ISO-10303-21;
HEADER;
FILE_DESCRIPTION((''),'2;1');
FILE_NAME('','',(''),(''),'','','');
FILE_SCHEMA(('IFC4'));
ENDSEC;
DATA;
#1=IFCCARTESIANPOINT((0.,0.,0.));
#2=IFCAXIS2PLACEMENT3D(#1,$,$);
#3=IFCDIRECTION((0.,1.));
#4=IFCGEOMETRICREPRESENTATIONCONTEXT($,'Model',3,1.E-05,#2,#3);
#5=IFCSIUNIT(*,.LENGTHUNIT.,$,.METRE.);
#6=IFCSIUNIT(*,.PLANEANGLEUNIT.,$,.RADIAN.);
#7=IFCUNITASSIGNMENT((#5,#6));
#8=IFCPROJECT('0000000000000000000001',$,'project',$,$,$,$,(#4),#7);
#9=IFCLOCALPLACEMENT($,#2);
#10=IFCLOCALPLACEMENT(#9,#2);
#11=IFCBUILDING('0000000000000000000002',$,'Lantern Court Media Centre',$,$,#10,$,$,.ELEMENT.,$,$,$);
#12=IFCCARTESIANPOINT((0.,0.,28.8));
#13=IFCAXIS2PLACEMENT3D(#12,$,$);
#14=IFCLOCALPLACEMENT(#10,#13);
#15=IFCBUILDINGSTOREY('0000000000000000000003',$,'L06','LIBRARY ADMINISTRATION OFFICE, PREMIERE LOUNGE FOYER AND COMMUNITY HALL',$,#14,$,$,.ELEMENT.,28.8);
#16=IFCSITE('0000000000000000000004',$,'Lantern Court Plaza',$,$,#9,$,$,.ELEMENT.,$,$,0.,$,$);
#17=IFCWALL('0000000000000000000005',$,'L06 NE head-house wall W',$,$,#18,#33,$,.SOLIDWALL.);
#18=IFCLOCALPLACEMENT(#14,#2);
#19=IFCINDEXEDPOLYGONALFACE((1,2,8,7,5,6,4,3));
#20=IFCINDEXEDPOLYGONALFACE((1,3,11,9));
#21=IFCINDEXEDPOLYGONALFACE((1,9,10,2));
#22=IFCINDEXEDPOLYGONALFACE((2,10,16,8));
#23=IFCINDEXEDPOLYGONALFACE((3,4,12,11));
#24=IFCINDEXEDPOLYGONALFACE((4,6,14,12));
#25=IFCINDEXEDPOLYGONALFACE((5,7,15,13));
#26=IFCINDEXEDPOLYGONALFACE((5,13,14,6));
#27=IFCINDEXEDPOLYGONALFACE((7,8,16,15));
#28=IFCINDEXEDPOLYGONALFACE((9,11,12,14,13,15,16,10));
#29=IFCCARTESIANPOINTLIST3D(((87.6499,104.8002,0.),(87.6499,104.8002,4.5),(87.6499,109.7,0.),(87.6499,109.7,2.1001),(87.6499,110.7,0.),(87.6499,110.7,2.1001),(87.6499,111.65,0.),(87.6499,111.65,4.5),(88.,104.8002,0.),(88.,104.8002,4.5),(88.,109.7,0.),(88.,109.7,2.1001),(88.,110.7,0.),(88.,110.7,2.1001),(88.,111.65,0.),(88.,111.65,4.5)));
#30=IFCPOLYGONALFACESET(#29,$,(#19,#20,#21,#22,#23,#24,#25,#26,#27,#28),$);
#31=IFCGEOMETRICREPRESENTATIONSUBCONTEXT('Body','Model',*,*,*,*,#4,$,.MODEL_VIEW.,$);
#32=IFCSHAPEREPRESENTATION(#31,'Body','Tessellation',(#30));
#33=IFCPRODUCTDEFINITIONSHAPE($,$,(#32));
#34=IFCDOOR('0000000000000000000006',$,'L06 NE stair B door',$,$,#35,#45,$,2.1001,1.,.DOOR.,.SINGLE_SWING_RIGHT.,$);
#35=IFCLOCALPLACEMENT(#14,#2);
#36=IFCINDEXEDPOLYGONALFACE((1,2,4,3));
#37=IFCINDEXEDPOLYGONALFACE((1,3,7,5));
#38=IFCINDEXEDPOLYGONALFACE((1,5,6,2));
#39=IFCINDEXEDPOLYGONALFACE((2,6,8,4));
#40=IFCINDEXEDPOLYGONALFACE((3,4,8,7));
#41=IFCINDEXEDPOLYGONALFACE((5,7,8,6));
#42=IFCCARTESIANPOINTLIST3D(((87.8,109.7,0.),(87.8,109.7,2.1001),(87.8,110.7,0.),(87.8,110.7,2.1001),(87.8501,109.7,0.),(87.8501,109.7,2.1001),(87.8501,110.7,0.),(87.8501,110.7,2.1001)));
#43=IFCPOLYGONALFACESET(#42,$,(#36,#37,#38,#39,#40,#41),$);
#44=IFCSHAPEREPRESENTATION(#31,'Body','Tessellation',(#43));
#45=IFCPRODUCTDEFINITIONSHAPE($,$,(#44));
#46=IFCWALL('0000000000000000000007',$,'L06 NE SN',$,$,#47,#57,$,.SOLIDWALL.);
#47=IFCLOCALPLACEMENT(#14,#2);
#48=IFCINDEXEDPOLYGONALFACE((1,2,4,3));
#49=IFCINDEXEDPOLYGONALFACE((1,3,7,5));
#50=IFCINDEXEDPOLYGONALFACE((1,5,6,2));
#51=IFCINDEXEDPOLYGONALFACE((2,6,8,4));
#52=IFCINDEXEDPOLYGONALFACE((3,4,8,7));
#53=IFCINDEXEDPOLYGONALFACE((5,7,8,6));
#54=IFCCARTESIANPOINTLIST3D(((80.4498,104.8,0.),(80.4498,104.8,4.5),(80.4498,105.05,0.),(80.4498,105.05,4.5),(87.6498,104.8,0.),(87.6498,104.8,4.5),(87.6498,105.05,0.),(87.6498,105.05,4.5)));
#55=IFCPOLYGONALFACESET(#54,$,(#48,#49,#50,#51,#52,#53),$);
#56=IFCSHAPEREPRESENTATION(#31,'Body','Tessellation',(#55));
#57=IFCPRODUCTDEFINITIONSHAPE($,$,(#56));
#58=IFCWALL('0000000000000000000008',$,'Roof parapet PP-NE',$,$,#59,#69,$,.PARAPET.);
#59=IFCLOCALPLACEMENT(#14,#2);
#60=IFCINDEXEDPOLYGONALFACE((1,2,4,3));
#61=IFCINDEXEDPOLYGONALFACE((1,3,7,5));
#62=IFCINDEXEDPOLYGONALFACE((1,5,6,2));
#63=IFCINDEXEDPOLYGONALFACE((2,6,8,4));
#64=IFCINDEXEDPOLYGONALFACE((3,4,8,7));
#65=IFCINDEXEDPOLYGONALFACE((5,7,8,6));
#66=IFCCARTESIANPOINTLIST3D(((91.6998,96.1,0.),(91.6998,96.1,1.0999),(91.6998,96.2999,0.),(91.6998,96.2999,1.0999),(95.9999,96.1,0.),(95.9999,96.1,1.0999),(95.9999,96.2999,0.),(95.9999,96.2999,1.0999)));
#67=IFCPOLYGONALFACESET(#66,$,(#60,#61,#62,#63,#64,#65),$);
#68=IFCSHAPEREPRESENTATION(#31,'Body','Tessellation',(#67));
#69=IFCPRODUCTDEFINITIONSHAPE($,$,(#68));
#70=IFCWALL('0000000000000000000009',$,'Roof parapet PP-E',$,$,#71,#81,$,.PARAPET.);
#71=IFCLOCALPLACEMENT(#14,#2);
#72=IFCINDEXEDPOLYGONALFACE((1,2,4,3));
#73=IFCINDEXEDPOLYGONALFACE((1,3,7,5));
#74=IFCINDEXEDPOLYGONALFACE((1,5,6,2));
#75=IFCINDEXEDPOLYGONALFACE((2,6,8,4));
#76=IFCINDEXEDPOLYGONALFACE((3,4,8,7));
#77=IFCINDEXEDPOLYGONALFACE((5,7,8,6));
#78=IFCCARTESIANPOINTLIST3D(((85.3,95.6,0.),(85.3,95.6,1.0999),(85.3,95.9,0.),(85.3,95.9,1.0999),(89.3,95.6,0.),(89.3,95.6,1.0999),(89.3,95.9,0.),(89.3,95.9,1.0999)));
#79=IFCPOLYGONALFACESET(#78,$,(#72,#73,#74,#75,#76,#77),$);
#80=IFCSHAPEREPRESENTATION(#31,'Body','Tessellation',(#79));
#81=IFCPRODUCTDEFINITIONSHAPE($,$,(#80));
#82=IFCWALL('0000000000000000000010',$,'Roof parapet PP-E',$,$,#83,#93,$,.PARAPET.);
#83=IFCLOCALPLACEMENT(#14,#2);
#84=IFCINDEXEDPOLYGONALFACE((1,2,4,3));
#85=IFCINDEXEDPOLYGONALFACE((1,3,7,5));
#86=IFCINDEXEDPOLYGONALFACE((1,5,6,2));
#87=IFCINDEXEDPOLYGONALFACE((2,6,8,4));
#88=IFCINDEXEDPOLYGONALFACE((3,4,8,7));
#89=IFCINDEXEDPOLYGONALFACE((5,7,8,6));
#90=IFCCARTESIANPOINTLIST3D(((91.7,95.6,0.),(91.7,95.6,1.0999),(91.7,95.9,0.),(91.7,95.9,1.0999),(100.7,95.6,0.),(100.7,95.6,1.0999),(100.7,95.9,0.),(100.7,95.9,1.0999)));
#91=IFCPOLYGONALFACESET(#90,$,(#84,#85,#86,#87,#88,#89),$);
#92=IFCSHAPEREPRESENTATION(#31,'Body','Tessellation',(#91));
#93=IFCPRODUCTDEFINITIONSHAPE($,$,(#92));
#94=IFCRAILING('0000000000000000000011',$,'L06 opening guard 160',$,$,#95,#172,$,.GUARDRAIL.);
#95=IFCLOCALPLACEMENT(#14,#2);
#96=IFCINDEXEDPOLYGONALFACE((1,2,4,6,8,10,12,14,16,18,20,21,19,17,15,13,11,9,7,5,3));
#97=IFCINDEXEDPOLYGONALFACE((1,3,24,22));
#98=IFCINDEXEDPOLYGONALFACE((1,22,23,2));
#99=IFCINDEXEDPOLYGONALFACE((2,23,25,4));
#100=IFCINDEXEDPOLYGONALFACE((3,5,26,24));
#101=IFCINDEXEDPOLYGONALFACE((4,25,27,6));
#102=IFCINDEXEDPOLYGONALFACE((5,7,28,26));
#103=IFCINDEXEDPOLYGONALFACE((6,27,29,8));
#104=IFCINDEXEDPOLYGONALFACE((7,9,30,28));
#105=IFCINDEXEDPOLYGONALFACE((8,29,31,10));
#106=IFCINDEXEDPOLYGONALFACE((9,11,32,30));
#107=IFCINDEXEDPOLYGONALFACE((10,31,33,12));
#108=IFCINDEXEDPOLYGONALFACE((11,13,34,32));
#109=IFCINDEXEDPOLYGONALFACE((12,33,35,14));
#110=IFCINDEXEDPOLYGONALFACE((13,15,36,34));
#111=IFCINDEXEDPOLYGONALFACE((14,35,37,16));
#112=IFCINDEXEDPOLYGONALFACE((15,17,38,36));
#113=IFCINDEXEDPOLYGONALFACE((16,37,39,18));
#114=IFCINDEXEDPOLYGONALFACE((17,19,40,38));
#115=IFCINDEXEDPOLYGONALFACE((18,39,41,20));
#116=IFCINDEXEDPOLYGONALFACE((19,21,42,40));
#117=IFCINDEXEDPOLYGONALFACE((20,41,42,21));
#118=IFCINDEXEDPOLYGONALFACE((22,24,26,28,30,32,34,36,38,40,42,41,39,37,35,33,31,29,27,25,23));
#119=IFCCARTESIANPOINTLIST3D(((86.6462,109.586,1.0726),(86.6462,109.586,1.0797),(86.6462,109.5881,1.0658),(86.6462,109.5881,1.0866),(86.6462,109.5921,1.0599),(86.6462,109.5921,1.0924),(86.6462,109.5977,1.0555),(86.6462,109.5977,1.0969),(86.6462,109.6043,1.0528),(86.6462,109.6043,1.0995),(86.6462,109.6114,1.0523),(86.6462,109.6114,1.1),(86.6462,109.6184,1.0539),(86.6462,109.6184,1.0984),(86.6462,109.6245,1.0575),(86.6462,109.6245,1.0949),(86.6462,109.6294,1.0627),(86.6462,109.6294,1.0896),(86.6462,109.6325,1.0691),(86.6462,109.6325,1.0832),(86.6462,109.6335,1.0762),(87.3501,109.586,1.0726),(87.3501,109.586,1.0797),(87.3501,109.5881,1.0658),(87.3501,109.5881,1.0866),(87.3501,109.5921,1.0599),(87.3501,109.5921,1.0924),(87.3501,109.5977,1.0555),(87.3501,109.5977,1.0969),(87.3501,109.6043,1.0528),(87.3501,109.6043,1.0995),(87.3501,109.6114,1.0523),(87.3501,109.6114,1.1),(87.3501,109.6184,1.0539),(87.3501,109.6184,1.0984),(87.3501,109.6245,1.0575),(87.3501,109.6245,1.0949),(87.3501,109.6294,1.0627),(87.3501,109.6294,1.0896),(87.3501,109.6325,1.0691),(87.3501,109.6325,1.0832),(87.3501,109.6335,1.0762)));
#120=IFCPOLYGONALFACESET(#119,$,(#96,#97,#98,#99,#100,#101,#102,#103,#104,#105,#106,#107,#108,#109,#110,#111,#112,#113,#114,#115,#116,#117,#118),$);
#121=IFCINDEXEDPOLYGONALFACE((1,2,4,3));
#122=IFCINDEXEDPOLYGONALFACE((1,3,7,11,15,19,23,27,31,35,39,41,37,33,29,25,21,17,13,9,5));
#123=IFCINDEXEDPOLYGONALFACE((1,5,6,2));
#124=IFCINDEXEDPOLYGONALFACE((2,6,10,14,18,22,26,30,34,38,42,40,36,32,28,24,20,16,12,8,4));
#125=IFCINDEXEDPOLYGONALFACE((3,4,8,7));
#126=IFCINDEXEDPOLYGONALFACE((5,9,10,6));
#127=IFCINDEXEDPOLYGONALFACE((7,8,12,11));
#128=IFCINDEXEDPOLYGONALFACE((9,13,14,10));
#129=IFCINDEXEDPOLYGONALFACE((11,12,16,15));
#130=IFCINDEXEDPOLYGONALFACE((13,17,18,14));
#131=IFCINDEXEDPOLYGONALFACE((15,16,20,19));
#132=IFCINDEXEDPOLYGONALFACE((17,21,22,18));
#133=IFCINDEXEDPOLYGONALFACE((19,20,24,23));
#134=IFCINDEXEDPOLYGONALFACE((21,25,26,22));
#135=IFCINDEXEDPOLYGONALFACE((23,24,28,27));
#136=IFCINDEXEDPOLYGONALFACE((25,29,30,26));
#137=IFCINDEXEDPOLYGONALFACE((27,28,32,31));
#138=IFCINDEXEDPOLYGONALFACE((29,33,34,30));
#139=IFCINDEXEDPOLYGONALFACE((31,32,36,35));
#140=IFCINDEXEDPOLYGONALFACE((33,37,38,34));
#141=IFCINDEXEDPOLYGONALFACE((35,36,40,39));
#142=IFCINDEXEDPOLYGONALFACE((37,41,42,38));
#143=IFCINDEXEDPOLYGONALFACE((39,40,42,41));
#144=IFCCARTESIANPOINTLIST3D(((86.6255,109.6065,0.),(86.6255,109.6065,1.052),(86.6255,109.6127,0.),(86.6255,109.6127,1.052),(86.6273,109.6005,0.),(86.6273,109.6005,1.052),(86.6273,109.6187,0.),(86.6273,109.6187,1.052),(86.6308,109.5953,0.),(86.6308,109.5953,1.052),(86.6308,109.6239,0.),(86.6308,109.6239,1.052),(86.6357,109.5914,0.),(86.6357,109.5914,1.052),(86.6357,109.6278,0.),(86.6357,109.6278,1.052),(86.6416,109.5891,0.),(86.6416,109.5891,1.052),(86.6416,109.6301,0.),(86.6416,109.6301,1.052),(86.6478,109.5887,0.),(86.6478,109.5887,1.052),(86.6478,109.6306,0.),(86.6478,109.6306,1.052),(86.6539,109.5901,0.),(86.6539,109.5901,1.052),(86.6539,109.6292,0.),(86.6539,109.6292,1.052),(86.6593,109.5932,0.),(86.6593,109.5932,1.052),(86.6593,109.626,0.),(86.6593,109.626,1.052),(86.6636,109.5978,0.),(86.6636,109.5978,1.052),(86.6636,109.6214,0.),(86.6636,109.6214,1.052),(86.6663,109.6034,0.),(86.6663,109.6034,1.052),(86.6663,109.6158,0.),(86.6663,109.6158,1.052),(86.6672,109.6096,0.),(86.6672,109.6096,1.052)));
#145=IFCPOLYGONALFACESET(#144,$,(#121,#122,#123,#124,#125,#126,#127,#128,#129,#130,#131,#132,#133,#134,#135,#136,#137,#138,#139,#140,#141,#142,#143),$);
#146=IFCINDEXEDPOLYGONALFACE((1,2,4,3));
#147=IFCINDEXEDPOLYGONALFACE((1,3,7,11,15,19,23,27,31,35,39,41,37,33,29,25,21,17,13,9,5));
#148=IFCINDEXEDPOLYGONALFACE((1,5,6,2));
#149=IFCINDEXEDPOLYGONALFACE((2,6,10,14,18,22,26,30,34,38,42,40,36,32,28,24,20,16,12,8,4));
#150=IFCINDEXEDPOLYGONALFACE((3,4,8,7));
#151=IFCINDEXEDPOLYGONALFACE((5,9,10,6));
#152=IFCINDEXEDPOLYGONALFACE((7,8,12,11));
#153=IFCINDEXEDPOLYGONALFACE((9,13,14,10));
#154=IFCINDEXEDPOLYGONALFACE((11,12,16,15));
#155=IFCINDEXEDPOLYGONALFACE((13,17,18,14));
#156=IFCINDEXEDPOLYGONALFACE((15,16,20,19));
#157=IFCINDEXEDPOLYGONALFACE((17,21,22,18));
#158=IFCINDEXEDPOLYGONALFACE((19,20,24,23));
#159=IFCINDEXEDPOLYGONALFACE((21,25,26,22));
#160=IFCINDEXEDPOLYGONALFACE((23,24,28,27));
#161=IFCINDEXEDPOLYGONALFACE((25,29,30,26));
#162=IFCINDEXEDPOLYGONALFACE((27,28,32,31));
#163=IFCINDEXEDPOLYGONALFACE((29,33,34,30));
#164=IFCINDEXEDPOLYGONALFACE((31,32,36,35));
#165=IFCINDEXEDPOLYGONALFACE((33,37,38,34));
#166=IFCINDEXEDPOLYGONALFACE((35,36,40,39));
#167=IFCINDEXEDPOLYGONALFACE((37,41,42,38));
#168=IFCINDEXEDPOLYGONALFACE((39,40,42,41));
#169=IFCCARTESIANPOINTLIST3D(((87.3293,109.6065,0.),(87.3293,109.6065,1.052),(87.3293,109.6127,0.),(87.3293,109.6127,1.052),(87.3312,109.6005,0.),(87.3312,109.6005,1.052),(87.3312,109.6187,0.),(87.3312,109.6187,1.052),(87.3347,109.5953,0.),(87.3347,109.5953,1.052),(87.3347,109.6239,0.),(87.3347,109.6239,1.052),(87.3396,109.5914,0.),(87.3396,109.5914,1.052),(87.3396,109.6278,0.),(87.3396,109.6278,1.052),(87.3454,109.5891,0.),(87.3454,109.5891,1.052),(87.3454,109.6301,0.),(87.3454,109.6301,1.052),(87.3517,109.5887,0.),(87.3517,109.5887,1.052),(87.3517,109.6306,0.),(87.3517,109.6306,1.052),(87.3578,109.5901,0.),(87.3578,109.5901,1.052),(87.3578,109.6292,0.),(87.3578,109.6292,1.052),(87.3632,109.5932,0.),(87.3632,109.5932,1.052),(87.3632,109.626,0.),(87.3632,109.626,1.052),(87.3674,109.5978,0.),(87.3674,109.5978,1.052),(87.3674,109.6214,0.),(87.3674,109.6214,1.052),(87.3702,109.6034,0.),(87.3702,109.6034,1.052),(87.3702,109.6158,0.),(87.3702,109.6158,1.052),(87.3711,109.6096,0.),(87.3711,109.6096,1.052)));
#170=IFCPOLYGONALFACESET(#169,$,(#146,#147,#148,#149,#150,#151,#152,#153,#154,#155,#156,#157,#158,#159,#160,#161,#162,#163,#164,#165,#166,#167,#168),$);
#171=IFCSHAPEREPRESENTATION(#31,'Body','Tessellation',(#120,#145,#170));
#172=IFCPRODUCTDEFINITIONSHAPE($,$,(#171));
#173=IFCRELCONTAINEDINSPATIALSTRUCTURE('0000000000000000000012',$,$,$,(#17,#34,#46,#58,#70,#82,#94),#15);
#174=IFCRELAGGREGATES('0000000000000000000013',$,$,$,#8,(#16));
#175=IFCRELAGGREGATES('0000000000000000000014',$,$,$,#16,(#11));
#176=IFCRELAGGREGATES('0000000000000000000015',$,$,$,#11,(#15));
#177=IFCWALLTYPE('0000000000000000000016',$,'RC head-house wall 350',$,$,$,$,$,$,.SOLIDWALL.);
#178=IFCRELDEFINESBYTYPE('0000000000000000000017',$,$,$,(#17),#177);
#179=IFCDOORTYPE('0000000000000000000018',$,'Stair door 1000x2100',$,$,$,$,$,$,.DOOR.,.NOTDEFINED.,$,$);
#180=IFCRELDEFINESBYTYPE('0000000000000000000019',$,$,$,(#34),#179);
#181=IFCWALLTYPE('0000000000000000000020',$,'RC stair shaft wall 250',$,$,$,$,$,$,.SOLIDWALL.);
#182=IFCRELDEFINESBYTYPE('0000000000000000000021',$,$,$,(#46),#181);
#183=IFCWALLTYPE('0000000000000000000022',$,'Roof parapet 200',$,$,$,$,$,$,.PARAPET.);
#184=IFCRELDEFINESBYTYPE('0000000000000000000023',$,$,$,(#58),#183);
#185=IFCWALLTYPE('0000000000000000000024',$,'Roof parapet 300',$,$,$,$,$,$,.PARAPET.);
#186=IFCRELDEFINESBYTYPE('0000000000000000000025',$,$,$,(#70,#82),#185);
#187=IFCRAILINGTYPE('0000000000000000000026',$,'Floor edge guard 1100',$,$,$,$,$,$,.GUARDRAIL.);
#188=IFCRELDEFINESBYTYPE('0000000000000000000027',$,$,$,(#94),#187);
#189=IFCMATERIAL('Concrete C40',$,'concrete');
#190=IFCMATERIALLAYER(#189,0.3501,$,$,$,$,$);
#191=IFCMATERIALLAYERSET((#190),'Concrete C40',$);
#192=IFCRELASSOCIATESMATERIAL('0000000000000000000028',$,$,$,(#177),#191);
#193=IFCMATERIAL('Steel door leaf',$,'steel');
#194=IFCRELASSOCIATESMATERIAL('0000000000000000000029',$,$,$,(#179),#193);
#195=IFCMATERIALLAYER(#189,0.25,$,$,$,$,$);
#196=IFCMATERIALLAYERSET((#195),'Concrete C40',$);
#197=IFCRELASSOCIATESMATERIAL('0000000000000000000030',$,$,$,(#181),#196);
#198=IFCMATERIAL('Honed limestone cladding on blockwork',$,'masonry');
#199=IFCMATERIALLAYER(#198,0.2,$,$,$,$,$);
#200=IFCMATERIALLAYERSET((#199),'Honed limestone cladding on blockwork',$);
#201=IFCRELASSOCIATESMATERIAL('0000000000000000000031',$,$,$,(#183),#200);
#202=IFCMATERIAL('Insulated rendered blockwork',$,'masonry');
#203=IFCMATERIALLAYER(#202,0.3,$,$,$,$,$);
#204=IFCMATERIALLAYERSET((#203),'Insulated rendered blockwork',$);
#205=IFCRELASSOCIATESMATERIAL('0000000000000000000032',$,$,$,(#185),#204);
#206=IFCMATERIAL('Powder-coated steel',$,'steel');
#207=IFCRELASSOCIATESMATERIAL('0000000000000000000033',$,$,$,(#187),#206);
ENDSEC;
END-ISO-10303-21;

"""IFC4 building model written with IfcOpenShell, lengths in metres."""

from ifc_helpers import new_model, si_unit, direction, frame, frame_2d, origin, origin_2d, place, context, subcontext, project, spatial, rectangle, circle, extrude, material, layer, layer_set, type_object, element, fill, save


model = new_model("IFC4")

# Units and contexts
model_context = context("Model", 3, precision=1e-05, world=origin(), true_north=direction((0.0, 1.0)))
body_context = subcontext(model_context, "Body", "Model", "MODEL_VIEW")
ifc_project = project(units=[si_unit("LENGTHUNIT", "METRE"), si_unit("PLANEANGLEUNIT", "RADIAN")], contexts=[model_context])

# Site, building, storey
site_placement = place(None, origin())
site = spatial("IfcSite", under=ifc_project, at=site_placement, Name="Lantern Court Plaza", CompositionType="ELEMENT", RefElevation=0.0)
building_placement = place(site_placement, origin())
building = spatial("IfcBuilding", under=site, at=building_placement, Name="Lantern Court Media Centre", CompositionType="ELEMENT")
storey_placement = place(building_placement, frame((0.0, 0.0, 28.8)))
storey = spatial("IfcBuildingStorey", under=building, at=storey_placement, Name="L06", Description="LIBRARY ADMINISTRATION OFFICE, PREMIERE LOUNGE FOYER AND COMMUNITY HALL", CompositionType="ELEMENT", Elevation=28.8)

# Shared definitions
ifc_material_1 = material(Name="Honed limestone cladding on blockwork", Category="masonry")
ifc_material_2 = material(Name="Concrete C40", Category="concrete")
ifc_layer_1 = layer(ifc_material_2, 0.3501)
ifc_layer_set_1 = layer_set([ifc_layer_1], Name="Concrete C40")
wall_type_1 = type_object("IfcWallType", Name="RC head-house wall 350", PredefinedType="SOLIDWALL", material=ifc_layer_set_1)

# Wall, opening, door
wall_1_placement = place(storey_placement, frame((87.825, 111.6499, 0.0), z_axis=(0.0, 0.0, 1.0), x_axis=(0.0, -1.0, 0.0)))
wall_1 = element("IfcWall", 1, at=wall_1_placement, inside=storey, type_object=wall_type_1, Name="L06 NE head-house wall W", PredefinedType="SOLIDWALL", context=body_context, shape_type="SweptSolid", body=[
    extrude(rectangle(XDim=6.8499, YDim=0.3501, at=frame_2d((3.4248, 0.0))), origin(), (0.0, 0.0, 1.0), 4.5),
])
opening_placement = place(wall_1_placement, frame((0.95, 0.0, 0.0)))
opening = element("IfcOpeningElement", 2, at=opening_placement, cuts=wall_1, PredefinedType="OPENING", context=body_context, shape_type="SweptSolid", body=[
    extrude(rectangle(XDim=1.0, YDim=2.1001, at=frame_2d((0.5, 1.05))), frame((0.0, 0.1851, 0.0), z_axis=(0.0, -1.0, 0.0), x_axis=(1.0, 0.0, 0.0)), (0.0, 0.0, 1.0), 0.3701),
])
ifc_material_3 = material(Name="Steel door leaf", Category="steel")
door_type = type_object("IfcDoorType", Name="Stair door 1000x2100", OperationType="NOTDEFINED", PredefinedType="DOOR", material=ifc_material_3)
door_placement = place(opening_placement, frame((1.0, 0.0, 0.0), z_axis=(0.0, 0.0, 1.0), x_axis=(-1.0, 0.0, 0.0)))
door = element("IfcDoor", 3, at=door_placement, inside=storey, type_object=door_type, Name="L06 NE stair B door", OperationType="SINGLE_SWING_RIGHT", OverallHeight=2.1001, OverallWidth=1.0, PredefinedType="DOOR", context=body_context, shape_type="SweptSolid", body=[
    extrude(rectangle(XDim=1.0, YDim=2.1001, at=frame_2d((0.5, 1.05))), frame((0.0, 0.0249, 0.0), z_axis=(0.0, -1.0, 0.0), x_axis=(1.0, 0.0, 0.0)), (0.0, 0.0, 1.0), 0.05),
])
fill(opening, door)

# Walls
ifc_layer_2 = layer(ifc_material_2, 0.25)
ifc_layer_set_2 = layer_set([ifc_layer_2], Name="Concrete C40")
wall_type_2 = type_object("IfcWallType", Name="RC stair shaft wall 250", PredefinedType="SOLIDWALL", material=ifc_layer_set_2)
wall_2_placement = place(storey_placement, frame((87.6499, 104.925, 0.0), z_axis=(0.0, 0.0, 1.0), x_axis=(-1.0, 0.0, 0.0)))
element("IfcWall", 4, at=wall_2_placement, inside=storey, type_object=wall_type_2, Name="L06 NE SN", PredefinedType="SOLIDWALL", context=body_context, shape_type="SweptSolid", body=[
    extrude(rectangle(XDim=7.2, YDim=0.25, at=frame_2d((3.6001, 0.0))), origin(), (0.0, 0.0, 1.0), 4.5),
])
ifc_layer_3 = layer(ifc_material_1, 0.2)
ifc_layer_set_3 = layer_set([ifc_layer_3], Name="Honed limestone cladding on blockwork")
wall_type_3 = type_object("IfcWallType", Name="Roof parapet 200", PredefinedType="PARAPET", material=ifc_layer_set_3)
wall_3_placement = place(storey_placement, frame((91.7, 96.2, 0.0), z_axis=(0.0, 0.0, 1.0), x_axis=(1.0, 0.0, 0.0)))
element("IfcWall", 5, at=wall_3_placement, inside=storey, type_object=wall_type_3, Name="Roof parapet PP-NE", PredefinedType="PARAPET", context=body_context, shape_type="SweptSolid", body=[
    extrude(rectangle(XDim=4.3, YDim=0.2, at=frame_2d((2.1499, 0.0))), origin(), (0.0, 0.0, 1.0), 1.0999),
])
ifc_material_4 = material(Name="Insulated rendered blockwork", Category="masonry")
ifc_layer_4 = layer(ifc_material_4, 0.3)
ifc_layer_set_4 = layer_set([ifc_layer_4], Name="Insulated rendered blockwork")
wall_type_4 = type_object("IfcWallType", Name="Roof parapet 300", PredefinedType="PARAPET", material=ifc_layer_set_4)
wall_4_placement = place(storey_placement, frame((85.3, 95.75, 0.0), z_axis=(0.0, 0.0, 1.0), x_axis=(1.0, 0.0, 0.0)))
element("IfcWall", 6, at=wall_4_placement, inside=storey, type_object=wall_type_4, Name="Roof parapet PP-E", PredefinedType="PARAPET", context=body_context, shape_type="SweptSolid", body=[
    extrude(rectangle(XDim=4.0, YDim=0.3, at=frame_2d((2.0, 0.0))), origin(), (0.0, 0.0, 1.0), 1.0999),
])
wall_5_placement = place(storey_placement, frame((91.7, 95.75, 0.0), z_axis=(0.0, 0.0, 1.0), x_axis=(1.0, 0.0, 0.0)))
element("IfcWall", 7, at=wall_5_placement, inside=storey, type_object=wall_type_4, Name="Roof parapet PP-E", PredefinedType="PARAPET", context=body_context, shape_type="SweptSolid", body=[
    extrude(rectangle(XDim=9.0, YDim=0.3, at=frame_2d((4.5, 0.0))), origin(), (0.0, 0.0, 1.0), 1.0999),
])

# Railing
ifc_material_5 = material(Name="Powder-coated steel", Category="steel")
railing_type = type_object("IfcRailingType", Name="Floor edge guard 1100", PredefinedType="GUARDRAIL", material=ifc_material_5)
railing_1_placement = place(storey_placement, frame((86.6462, 109.6096, 0.0)))
element("IfcRailing", 8, at=railing_1_placement, inside=storey, type_object=railing_type, Name="L06 opening guard 160", PredefinedType="GUARDRAIL", context=body_context, shape_type="SweptSolid", body=[
    extrude(circle(Radius=0.0239, at=origin_2d()), frame((0.0, 0.0, 1.0762), z_axis=(1.0, 0.0, 0.0), x_axis=(0.0, 1.0, 0.0)), (0.0, 0.0, 1.0), 0.7039),
    extrude(circle(Radius=0.021, at=origin_2d()), origin(), (0.0, 0.0, 1.0), 1.052),
    extrude(circle(Radius=0.021, at=origin_2d()), frame((0.7039, 0.0, 0.0)), (0.0, 0.0, 1.0), 1.052),
])

save(model, "model.ifc")
